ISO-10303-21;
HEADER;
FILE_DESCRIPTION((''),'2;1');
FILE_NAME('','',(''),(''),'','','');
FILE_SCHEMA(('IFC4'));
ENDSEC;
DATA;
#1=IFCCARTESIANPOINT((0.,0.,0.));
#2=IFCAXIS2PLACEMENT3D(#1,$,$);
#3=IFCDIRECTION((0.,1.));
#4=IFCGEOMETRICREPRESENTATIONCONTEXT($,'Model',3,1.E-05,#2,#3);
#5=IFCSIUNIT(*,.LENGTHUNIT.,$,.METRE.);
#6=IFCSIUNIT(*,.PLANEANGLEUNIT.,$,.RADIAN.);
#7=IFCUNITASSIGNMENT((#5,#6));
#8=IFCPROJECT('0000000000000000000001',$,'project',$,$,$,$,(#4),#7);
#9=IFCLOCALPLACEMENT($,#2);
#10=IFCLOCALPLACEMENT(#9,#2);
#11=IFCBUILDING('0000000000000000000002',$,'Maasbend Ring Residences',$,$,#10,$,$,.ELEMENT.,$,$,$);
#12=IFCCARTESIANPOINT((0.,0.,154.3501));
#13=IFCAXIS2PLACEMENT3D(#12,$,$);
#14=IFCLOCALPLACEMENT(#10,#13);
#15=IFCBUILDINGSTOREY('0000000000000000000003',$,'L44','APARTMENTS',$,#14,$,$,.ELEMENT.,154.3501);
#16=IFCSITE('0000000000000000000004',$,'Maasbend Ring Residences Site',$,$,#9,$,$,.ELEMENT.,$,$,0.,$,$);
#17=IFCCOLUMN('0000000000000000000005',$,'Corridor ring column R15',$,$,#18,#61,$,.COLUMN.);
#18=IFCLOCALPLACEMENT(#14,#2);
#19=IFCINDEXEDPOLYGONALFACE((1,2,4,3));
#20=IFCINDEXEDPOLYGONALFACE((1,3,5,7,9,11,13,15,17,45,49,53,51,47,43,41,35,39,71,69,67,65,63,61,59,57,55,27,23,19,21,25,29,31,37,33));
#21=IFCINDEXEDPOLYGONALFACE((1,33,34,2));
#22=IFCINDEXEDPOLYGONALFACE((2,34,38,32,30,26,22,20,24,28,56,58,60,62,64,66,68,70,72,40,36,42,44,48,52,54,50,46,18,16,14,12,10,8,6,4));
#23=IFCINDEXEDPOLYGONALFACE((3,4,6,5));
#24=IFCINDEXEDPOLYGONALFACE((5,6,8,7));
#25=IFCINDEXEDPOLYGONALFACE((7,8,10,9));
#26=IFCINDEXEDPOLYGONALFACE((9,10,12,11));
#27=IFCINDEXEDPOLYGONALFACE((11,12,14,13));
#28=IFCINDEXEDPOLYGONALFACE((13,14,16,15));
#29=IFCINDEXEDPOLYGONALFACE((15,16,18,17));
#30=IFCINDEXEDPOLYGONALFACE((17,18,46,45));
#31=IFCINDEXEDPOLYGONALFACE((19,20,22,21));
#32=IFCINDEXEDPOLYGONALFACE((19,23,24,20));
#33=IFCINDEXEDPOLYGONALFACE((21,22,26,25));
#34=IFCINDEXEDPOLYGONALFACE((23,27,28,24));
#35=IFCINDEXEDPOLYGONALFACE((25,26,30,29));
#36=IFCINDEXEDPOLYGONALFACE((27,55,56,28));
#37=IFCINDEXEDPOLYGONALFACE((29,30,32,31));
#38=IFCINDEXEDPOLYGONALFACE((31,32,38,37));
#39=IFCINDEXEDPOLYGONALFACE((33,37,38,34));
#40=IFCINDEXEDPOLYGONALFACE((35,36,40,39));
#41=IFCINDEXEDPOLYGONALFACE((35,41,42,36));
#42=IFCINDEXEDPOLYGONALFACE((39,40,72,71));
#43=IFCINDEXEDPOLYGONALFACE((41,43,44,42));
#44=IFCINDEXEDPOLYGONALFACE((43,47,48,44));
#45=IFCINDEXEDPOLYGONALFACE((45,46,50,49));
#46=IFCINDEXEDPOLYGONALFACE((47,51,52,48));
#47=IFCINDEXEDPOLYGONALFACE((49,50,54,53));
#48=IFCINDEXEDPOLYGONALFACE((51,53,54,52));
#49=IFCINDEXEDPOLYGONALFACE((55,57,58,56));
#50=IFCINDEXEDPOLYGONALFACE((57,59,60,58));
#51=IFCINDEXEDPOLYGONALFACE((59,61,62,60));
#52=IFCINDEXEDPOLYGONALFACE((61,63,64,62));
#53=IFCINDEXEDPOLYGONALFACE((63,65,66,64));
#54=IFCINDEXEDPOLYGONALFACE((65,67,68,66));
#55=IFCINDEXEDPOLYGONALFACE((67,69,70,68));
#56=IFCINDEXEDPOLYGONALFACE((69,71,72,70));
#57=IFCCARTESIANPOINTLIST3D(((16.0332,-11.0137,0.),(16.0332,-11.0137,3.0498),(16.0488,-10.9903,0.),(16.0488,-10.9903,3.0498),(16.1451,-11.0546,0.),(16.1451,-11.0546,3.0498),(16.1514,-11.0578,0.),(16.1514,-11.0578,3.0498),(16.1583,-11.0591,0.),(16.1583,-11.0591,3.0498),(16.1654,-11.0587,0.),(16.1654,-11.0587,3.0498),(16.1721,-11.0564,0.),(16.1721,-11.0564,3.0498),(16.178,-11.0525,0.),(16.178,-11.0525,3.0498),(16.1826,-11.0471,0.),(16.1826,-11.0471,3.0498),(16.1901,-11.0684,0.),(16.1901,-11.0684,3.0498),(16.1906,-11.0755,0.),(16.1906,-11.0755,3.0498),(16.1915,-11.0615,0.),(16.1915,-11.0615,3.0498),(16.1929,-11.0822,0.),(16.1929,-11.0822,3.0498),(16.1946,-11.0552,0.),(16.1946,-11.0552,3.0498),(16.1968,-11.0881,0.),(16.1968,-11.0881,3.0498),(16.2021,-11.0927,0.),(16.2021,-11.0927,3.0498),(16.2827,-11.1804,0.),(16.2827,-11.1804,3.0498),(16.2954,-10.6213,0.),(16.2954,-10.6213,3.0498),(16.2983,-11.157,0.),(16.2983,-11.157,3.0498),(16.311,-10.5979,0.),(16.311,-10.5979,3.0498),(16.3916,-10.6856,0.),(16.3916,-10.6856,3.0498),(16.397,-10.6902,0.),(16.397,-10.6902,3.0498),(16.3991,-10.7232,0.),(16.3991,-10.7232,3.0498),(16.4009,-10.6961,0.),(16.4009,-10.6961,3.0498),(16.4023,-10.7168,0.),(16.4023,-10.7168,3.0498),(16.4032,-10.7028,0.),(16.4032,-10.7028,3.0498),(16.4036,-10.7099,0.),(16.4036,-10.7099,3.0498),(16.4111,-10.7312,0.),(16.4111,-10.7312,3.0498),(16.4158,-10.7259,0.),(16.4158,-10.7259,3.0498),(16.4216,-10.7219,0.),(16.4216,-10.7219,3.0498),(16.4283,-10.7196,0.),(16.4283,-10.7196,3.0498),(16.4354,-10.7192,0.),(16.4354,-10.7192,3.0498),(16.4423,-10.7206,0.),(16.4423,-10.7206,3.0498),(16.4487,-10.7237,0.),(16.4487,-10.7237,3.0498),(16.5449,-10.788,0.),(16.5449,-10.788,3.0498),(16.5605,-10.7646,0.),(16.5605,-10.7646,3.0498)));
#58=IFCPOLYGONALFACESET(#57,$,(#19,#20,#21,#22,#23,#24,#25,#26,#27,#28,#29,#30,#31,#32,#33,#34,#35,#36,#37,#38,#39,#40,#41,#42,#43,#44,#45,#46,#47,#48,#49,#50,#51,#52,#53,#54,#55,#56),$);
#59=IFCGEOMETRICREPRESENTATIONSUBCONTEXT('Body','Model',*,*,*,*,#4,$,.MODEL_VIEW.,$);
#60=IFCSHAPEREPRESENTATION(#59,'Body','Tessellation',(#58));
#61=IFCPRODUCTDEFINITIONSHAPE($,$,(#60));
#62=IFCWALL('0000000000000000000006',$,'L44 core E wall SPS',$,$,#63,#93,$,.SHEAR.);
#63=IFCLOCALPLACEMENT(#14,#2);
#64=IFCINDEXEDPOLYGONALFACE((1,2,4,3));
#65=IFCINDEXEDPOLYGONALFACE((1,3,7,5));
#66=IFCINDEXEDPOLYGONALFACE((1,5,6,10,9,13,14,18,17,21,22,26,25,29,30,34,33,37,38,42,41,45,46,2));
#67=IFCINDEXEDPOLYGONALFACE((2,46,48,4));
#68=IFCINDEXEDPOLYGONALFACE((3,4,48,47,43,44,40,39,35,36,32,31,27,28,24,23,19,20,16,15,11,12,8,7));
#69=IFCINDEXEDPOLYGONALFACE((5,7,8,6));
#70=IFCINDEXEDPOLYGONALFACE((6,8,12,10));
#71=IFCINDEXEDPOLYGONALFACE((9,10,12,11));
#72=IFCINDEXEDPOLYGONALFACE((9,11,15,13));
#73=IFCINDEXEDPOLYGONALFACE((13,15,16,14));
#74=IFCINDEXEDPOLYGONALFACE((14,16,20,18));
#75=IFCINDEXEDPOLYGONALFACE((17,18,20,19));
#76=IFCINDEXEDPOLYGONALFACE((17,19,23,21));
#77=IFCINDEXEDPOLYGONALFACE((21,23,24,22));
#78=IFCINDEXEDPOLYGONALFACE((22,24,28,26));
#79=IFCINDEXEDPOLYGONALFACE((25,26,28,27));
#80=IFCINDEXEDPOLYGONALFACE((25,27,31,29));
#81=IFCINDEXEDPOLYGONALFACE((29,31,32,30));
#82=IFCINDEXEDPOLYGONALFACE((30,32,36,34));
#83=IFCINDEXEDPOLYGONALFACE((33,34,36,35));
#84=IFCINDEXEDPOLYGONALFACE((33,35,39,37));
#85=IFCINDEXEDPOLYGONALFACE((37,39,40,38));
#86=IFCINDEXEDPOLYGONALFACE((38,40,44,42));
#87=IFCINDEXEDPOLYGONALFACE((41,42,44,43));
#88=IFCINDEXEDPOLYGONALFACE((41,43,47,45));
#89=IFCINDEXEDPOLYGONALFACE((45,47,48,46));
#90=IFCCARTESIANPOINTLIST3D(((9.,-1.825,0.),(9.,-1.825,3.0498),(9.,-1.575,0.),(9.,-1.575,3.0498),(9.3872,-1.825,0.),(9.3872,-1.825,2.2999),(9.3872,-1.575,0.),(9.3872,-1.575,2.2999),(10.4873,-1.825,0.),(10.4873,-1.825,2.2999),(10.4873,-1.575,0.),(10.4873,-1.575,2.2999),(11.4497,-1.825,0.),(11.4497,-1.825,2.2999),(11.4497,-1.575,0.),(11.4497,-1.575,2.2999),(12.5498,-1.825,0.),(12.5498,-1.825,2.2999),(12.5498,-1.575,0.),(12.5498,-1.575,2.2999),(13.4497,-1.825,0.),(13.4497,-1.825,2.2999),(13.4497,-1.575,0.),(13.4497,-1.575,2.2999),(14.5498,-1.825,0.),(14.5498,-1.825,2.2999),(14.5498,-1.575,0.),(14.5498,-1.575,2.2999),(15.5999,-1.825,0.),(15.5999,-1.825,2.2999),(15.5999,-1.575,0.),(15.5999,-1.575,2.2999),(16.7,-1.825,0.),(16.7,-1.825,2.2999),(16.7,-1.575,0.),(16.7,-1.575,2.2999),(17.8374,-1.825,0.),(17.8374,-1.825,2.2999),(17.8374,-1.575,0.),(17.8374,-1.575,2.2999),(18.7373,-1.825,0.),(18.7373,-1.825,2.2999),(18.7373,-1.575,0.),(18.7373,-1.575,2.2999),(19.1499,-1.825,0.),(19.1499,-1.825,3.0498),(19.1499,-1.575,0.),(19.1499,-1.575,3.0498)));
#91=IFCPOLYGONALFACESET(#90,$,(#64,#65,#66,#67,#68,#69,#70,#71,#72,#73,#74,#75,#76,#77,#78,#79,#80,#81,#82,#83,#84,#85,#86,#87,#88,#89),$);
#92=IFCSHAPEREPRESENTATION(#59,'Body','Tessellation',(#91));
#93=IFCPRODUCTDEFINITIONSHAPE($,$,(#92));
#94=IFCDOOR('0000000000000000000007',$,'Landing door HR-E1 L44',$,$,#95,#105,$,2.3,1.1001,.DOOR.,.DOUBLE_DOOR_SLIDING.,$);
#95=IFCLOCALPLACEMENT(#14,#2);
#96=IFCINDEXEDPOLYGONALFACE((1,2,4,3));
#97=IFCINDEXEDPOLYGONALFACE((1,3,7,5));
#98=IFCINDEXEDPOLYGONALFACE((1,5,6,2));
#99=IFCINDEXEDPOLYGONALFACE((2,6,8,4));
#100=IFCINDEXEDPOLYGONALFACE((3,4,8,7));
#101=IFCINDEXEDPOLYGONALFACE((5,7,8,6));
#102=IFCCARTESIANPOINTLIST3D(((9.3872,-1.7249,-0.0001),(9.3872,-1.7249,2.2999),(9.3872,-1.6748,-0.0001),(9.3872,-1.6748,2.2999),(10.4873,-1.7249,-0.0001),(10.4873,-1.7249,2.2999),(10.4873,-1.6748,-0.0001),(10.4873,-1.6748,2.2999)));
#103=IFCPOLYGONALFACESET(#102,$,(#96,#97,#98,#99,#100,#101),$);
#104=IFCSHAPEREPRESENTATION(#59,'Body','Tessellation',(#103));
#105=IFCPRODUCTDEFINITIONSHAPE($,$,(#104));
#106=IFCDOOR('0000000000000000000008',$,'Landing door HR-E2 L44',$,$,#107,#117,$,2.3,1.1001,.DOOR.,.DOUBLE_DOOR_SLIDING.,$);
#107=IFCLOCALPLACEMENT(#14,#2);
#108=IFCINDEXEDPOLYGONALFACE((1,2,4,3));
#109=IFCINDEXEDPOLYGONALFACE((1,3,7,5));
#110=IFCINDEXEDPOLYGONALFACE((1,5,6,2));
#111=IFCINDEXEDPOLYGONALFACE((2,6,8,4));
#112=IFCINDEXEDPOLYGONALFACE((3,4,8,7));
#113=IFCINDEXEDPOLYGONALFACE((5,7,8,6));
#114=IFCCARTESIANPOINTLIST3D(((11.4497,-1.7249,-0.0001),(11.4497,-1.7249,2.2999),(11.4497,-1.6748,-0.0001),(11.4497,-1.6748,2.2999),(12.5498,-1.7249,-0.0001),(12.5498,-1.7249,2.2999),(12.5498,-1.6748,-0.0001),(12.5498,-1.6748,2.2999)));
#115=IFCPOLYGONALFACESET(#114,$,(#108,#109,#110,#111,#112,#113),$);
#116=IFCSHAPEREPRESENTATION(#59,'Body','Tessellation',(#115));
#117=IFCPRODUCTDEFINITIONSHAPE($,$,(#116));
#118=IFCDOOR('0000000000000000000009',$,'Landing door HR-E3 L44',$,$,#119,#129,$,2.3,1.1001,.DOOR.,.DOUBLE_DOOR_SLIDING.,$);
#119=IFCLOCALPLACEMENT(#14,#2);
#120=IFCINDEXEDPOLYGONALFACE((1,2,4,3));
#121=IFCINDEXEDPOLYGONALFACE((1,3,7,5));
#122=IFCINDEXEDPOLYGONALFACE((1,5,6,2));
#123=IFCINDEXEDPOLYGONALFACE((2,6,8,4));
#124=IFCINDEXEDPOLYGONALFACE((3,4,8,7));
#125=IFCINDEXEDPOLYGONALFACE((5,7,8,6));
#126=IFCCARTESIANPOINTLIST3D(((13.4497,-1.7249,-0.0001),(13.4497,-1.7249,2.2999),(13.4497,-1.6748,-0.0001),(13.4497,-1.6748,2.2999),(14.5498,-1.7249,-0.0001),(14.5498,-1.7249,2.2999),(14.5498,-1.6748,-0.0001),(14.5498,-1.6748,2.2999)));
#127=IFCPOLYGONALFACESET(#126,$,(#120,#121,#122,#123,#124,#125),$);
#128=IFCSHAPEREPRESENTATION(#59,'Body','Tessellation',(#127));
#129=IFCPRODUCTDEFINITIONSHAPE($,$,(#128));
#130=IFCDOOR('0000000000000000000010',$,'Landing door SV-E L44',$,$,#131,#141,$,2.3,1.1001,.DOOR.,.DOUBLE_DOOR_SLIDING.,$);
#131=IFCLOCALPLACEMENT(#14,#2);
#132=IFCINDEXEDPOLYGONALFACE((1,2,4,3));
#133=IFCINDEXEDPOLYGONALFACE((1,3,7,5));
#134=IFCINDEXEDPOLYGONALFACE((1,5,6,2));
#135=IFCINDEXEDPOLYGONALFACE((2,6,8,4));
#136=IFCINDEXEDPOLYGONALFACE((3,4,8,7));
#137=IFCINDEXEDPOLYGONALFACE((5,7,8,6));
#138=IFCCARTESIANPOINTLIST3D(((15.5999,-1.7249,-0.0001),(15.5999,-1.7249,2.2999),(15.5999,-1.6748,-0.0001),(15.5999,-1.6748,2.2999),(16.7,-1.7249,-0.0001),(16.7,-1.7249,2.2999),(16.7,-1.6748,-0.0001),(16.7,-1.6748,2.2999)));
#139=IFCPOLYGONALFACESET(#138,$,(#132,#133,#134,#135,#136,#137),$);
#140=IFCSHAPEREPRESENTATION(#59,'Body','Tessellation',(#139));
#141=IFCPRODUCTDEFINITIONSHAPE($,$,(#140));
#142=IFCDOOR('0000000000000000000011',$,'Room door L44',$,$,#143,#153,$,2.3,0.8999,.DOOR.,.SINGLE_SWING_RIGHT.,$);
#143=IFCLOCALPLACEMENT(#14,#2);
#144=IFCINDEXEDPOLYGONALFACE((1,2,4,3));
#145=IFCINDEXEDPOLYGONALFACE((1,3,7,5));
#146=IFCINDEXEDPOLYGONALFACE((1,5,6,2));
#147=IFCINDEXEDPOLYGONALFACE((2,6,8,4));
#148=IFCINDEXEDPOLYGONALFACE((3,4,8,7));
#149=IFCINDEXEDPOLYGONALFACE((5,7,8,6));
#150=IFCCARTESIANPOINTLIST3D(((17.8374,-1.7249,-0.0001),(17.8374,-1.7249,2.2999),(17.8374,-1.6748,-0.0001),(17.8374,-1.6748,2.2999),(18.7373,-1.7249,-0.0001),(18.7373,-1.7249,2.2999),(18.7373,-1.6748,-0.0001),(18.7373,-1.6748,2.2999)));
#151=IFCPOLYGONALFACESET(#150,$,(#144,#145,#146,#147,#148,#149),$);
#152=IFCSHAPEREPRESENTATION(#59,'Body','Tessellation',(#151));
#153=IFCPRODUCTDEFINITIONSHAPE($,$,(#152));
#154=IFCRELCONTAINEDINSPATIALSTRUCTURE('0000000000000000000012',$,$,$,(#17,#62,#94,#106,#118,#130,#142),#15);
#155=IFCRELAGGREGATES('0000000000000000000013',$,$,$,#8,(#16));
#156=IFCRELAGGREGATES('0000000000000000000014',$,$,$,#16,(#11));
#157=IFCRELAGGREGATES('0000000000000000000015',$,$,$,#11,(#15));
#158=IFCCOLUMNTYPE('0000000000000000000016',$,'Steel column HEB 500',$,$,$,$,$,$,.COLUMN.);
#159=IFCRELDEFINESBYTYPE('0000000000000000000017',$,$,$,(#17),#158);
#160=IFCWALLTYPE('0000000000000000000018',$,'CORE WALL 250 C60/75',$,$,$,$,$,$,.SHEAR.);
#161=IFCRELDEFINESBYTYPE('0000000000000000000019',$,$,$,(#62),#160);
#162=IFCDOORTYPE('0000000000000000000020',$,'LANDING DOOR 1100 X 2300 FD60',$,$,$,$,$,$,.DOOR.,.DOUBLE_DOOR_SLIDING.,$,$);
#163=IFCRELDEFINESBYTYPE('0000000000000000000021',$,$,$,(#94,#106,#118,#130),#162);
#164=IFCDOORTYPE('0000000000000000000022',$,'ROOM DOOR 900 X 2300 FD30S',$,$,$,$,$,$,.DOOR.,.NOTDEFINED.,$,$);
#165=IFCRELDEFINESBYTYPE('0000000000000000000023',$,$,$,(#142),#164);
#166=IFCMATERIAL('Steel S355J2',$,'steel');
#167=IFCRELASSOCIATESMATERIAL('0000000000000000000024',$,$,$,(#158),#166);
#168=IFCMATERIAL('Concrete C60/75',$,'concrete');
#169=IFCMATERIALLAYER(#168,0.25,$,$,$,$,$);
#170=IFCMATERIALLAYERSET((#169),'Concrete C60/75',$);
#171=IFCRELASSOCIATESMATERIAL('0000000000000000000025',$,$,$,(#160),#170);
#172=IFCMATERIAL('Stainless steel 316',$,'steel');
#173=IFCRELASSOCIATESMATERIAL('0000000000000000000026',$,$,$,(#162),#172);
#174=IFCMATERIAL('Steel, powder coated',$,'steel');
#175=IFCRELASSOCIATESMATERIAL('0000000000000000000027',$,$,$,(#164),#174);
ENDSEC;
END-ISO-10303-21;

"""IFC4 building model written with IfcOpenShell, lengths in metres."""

from ifc_helpers import new_model, si_unit, direction, frame, frame_2d, origin, origin_2d, place, context, subcontext, project, spatial, rectangle, i_section, extrude, material, layer, layer_set, material_profile, profile_set, type_object, element, fill, save


model = new_model("IFC4")

# Units and contexts
model_context = context("Model", 3, precision=1e-05, world=origin(), true_north=direction((0.0, 1.0)))
body_context = subcontext(model_context, "Body", "Model", "MODEL_VIEW")
ifc_project = project(units=[si_unit("LENGTHUNIT", "METRE"), si_unit("PLANEANGLEUNIT", "RADIAN")], contexts=[model_context])

# Site, building, storey
site_placement = place(None, origin())
site = spatial("IfcSite", under=ifc_project, at=site_placement, Name="Maasbend Ring Residences Site", CompositionType="ELEMENT", RefElevation=0.0)
building_placement = place(site_placement, origin())
building = spatial("IfcBuilding", under=site, at=building_placement, Name="Maasbend Ring Residences", CompositionType="ELEMENT")
storey_placement = place(building_placement, frame((0.0, 0.0, 154.3501)))
storey = spatial("IfcBuildingStorey", under=building, at=storey_placement, Name="L44", Description="APARTMENTS", CompositionType="ELEMENT", Elevation=154.3501)

# Column
ifc_material_1 = material(Name="Steel S355J2", Category="steel")
ifc_material_profile = material_profile(ifc_material_1, i_section(OverallWidth=0.3, OverallDepth=0.5, WebThickness=0.0144, FlangeThickness=0.0281, FilletRadius=0.0271, at=origin_2d()), Name="HEB 500")
ifc_profile_set = profile_set([ifc_material_profile], Name="Steel S355J2")
column_type = type_object("IfcColumnType", Name="Steel column HEB 500", PredefinedType="COLUMN", material=ifc_profile_set)
column_placement = place(storey_placement, frame((16.2969, -10.8892, 0.0), z_axis=(0.0, 0.0, 1.0), x_axis=(0.83147, -0.55557, 0.0)))
element("IfcColumn", 1, at=column_placement, inside=storey, type_object=column_type, Name="Corridor ring column R15", PredefinedType="COLUMN", context=body_context, shape_type="SweptSolid", body=[
    extrude(i_section(OverallWidth=0.3, OverallDepth=0.5, WebThickness=0.0144, FlangeThickness=0.0281, FilletRadius=0.0271, at=origin_2d()), origin(), (0.0, 0.0, 1.0), 3.0498),
])

# Wall, openings, doors
ifc_material_2 = material(Name="Concrete C60/75", Category="concrete")
ifc_layer_1 = layer(ifc_material_2, 0.25)
ifc_layer_set_1 = layer_set([ifc_layer_1], Name="Concrete C60/75")
wall_type_1 = type_object("IfcWallType", Name="CORE WALL 250 C60/75", PredefinedType="SHEAR", material=ifc_layer_set_1)
wall_1_placement = place(storey_placement, frame((19.1499, -1.7, 0.0), z_axis=(0.0, 0.0, 1.0), x_axis=(-1.0, 0.0, 0.0)))
wall_1 = element("IfcWall", 2, at=wall_1_placement, inside=storey, type_object=wall_type_1, Name="L44 core E wall SPS", PredefinedType="SHEAR", context=body_context, shape_type="SweptSolid", body=[
    extrude(rectangle(XDim=10.1499, YDim=0.25, at=frame_2d((5.075, 0.0))), origin(), (0.0, 0.0, 1.0), 3.0498),
])
opening_1_placement = place(wall_1_placement, frame((8.6626, 0.0, 0.0)))
opening_1 = element("IfcOpeningElement", 3, at=opening_1_placement, cuts=wall_1, PredefinedType="OPENING", context=body_context, shape_type="SweptSolid", body=[
    extrude(rectangle(XDim=1.1001, YDim=2.3, at=frame_2d((0.55, 1.1499))), frame((0.0, 0.135, 0.0), z_axis=(0.0, -1.0, 0.0), x_axis=(1.0, 0.0, 0.0)), (0.0, 0.0, 1.0), 0.27),
])
opening_2_placement = place(wall_1_placement, frame((6.6001, 0.0, 0.0)))
opening_2 = element("IfcOpeningElement", 4, at=opening_2_placement, cuts=wall_1, PredefinedType="OPENING", context=body_context, shape_type="SweptSolid", body=[
    extrude(rectangle(XDim=1.1001, YDim=2.3, at=frame_2d((0.55, 1.1499))), frame((0.0, 0.135, 0.0), z_axis=(0.0, -1.0, 0.0), x_axis=(1.0, 0.0, 0.0)), (0.0, 0.0, 1.0), 0.27),
])
opening_3_placement = place(wall_1_placement, frame((4.6001, 0.0, 0.0)))
opening_3 = element("IfcOpeningElement", 5, at=opening_3_placement, cuts=wall_1, PredefinedType="OPENING", context=body_context, shape_type="SweptSolid", body=[
    extrude(rectangle(XDim=1.1001, YDim=2.3, at=frame_2d((0.55, 1.1499))), frame((0.0, 0.135, 0.0), z_axis=(0.0, -1.0, 0.0), x_axis=(1.0, 0.0, 0.0)), (0.0, 0.0, 1.0), 0.27),
])
opening_4_placement = place(wall_1_placement, frame((2.45, 0.0, 0.0)))
opening_4 = element("IfcOpeningElement", 6, at=opening_4_placement, cuts=wall_1, PredefinedType="OPENING", context=body_context, shape_type="SweptSolid", body=[
    extrude(rectangle(XDim=1.1001, YDim=2.3, at=frame_2d((0.55, 1.1499))), frame((0.0, 0.135, 0.0), z_axis=(0.0, -1.0, 0.0), x_axis=(1.0, 0.0, 0.0)), (0.0, 0.0, 1.0), 0.27),
])
opening_5_placement = place(wall_1_placement, frame((0.4126, 0.0, 0.0)))
opening_5 = element("IfcOpeningElement", 7, at=opening_5_placement, cuts=wall_1, PredefinedType="OPENING", context=body_context, shape_type="SweptSolid", body=[
    extrude(rectangle(XDim=0.8999, YDim=2.3, at=frame_2d((0.45, 1.1499))), frame((0.0, 0.135, 0.0), z_axis=(0.0, -1.0, 0.0), x_axis=(1.0, 0.0, 0.0)), (0.0, 0.0, 1.0), 0.27),
])
ifc_material_3 = material(Name="Stainless steel 316", Category="steel")
door_type_1 = type_object("IfcDoorType", Name="LANDING DOOR 1100 X 2300 FD60", OperationType="DOUBLE_DOOR_SLIDING", PredefinedType="DOOR", material=ifc_material_3)
door_1_placement = place(opening_1_placement, origin())
door_1 = element("IfcDoor", 8, at=door_1_placement, inside=storey, type_object=door_type_1, Name="Landing door HR-E1 L44", OperationType="DOUBLE_DOOR_SLIDING", OverallHeight=2.3, OverallWidth=1.1001, PredefinedType="DOOR", context=body_context, shape_type="SweptSolid", body=[
    extrude(rectangle(XDim=1.1001, YDim=2.3, at=frame_2d((0.55, 1.1499))), frame((0.0, 0.0249, 0.0), z_axis=(0.0, -1.0, 0.0), x_axis=(1.0, 0.0, 0.0)), (0.0, 0.0, 1.0), 0.05),
])
fill(opening_1, door_1)
door_2_placement = place(opening_2_placement, origin())
door_2 = element("IfcDoor", 9, at=door_2_placement, inside=storey, type_object=door_type_1, Name="Landing door HR-E2 L44", OperationType="DOUBLE_DOOR_SLIDING", OverallHeight=2.3, OverallWidth=1.1001, PredefinedType="DOOR", context=body_context, shape_type="SweptSolid", body=[
    extrude(rectangle(XDim=1.1001, YDim=2.3, at=frame_2d((0.55, 1.1499))), frame((0.0, 0.0249, 0.0), z_axis=(0.0, -1.0, 0.0), x_axis=(1.0, 0.0, 0.0)), (0.0, 0.0, 1.0), 0.05),
])
fill(opening_2, door_2)
door_3_placement = place(opening_3_placement, origin())
door_3 = element("IfcDoor", 10, at=door_3_placement, inside=storey, type_object=door_type_1, Name="Landing door HR-E3 L44", OperationType="DOUBLE_DOOR_SLIDING", OverallHeight=2.3, OverallWidth=1.1001, PredefinedType="DOOR", context=body_context, shape_type="SweptSolid", body=[
    extrude(rectangle(XDim=1.1001, YDim=2.3, at=frame_2d((0.55, 1.1499))), frame((0.0, 0.0249, 0.0), z_axis=(0.0, -1.0, 0.0), x_axis=(1.0, 0.0, 0.0)), (0.0, 0.0, 1.0), 0.05),
])
fill(opening_3, door_3)
door_4_placement = place(opening_4_placement, origin())
door_4 = element("IfcDoor", 11, at=door_4_placement, inside=storey, type_object=door_type_1, Name="Landing door SV-E L44", OperationType="DOUBLE_DOOR_SLIDING", OverallHeight=2.3, OverallWidth=1.1001, PredefinedType="DOOR", context=body_context, shape_type="SweptSolid", body=[
    extrude(rectangle(XDim=1.1001, YDim=2.3, at=frame_2d((0.55, 1.1499))), frame((0.0, 0.0249, 0.0), z_axis=(0.0, -1.0, 0.0), x_axis=(1.0, 0.0, 0.0)), (0.0, 0.0, 1.0), 0.05),
])
fill(opening_4, door_4)
ifc_material_4 = material(Name="Steel, powder coated", Category="steel")
door_type_2 = type_object("IfcDoorType", Name="ROOM DOOR 900 X 2300 FD30S", OperationType="NOTDEFINED", PredefinedType="DOOR", material=ifc_material_4)
door_5_placement = place(opening_5_placement, origin())
door_5 = element("IfcDoor", 12, at=door_5_placement, inside=storey, type_object=door_type_2, Name="Room door L44", OperationType="SINGLE_SWING_RIGHT", OverallHeight=2.3, OverallWidth=0.8999, PredefinedType="DOOR", context=body_context, shape_type="SweptSolid", body=[
    extrude(rectangle(XDim=0.8999, YDim=2.3, at=frame_2d((0.45, 1.1499))), frame((0.0, 0.0249, 0.0), z_axis=(0.0, -1.0, 0.0), x_axis=(1.0, 0.0, 0.0)), (0.0, 0.0, 1.0), 0.05),
])
fill(opening_5, door_5)

save(model, "model.ifc")
